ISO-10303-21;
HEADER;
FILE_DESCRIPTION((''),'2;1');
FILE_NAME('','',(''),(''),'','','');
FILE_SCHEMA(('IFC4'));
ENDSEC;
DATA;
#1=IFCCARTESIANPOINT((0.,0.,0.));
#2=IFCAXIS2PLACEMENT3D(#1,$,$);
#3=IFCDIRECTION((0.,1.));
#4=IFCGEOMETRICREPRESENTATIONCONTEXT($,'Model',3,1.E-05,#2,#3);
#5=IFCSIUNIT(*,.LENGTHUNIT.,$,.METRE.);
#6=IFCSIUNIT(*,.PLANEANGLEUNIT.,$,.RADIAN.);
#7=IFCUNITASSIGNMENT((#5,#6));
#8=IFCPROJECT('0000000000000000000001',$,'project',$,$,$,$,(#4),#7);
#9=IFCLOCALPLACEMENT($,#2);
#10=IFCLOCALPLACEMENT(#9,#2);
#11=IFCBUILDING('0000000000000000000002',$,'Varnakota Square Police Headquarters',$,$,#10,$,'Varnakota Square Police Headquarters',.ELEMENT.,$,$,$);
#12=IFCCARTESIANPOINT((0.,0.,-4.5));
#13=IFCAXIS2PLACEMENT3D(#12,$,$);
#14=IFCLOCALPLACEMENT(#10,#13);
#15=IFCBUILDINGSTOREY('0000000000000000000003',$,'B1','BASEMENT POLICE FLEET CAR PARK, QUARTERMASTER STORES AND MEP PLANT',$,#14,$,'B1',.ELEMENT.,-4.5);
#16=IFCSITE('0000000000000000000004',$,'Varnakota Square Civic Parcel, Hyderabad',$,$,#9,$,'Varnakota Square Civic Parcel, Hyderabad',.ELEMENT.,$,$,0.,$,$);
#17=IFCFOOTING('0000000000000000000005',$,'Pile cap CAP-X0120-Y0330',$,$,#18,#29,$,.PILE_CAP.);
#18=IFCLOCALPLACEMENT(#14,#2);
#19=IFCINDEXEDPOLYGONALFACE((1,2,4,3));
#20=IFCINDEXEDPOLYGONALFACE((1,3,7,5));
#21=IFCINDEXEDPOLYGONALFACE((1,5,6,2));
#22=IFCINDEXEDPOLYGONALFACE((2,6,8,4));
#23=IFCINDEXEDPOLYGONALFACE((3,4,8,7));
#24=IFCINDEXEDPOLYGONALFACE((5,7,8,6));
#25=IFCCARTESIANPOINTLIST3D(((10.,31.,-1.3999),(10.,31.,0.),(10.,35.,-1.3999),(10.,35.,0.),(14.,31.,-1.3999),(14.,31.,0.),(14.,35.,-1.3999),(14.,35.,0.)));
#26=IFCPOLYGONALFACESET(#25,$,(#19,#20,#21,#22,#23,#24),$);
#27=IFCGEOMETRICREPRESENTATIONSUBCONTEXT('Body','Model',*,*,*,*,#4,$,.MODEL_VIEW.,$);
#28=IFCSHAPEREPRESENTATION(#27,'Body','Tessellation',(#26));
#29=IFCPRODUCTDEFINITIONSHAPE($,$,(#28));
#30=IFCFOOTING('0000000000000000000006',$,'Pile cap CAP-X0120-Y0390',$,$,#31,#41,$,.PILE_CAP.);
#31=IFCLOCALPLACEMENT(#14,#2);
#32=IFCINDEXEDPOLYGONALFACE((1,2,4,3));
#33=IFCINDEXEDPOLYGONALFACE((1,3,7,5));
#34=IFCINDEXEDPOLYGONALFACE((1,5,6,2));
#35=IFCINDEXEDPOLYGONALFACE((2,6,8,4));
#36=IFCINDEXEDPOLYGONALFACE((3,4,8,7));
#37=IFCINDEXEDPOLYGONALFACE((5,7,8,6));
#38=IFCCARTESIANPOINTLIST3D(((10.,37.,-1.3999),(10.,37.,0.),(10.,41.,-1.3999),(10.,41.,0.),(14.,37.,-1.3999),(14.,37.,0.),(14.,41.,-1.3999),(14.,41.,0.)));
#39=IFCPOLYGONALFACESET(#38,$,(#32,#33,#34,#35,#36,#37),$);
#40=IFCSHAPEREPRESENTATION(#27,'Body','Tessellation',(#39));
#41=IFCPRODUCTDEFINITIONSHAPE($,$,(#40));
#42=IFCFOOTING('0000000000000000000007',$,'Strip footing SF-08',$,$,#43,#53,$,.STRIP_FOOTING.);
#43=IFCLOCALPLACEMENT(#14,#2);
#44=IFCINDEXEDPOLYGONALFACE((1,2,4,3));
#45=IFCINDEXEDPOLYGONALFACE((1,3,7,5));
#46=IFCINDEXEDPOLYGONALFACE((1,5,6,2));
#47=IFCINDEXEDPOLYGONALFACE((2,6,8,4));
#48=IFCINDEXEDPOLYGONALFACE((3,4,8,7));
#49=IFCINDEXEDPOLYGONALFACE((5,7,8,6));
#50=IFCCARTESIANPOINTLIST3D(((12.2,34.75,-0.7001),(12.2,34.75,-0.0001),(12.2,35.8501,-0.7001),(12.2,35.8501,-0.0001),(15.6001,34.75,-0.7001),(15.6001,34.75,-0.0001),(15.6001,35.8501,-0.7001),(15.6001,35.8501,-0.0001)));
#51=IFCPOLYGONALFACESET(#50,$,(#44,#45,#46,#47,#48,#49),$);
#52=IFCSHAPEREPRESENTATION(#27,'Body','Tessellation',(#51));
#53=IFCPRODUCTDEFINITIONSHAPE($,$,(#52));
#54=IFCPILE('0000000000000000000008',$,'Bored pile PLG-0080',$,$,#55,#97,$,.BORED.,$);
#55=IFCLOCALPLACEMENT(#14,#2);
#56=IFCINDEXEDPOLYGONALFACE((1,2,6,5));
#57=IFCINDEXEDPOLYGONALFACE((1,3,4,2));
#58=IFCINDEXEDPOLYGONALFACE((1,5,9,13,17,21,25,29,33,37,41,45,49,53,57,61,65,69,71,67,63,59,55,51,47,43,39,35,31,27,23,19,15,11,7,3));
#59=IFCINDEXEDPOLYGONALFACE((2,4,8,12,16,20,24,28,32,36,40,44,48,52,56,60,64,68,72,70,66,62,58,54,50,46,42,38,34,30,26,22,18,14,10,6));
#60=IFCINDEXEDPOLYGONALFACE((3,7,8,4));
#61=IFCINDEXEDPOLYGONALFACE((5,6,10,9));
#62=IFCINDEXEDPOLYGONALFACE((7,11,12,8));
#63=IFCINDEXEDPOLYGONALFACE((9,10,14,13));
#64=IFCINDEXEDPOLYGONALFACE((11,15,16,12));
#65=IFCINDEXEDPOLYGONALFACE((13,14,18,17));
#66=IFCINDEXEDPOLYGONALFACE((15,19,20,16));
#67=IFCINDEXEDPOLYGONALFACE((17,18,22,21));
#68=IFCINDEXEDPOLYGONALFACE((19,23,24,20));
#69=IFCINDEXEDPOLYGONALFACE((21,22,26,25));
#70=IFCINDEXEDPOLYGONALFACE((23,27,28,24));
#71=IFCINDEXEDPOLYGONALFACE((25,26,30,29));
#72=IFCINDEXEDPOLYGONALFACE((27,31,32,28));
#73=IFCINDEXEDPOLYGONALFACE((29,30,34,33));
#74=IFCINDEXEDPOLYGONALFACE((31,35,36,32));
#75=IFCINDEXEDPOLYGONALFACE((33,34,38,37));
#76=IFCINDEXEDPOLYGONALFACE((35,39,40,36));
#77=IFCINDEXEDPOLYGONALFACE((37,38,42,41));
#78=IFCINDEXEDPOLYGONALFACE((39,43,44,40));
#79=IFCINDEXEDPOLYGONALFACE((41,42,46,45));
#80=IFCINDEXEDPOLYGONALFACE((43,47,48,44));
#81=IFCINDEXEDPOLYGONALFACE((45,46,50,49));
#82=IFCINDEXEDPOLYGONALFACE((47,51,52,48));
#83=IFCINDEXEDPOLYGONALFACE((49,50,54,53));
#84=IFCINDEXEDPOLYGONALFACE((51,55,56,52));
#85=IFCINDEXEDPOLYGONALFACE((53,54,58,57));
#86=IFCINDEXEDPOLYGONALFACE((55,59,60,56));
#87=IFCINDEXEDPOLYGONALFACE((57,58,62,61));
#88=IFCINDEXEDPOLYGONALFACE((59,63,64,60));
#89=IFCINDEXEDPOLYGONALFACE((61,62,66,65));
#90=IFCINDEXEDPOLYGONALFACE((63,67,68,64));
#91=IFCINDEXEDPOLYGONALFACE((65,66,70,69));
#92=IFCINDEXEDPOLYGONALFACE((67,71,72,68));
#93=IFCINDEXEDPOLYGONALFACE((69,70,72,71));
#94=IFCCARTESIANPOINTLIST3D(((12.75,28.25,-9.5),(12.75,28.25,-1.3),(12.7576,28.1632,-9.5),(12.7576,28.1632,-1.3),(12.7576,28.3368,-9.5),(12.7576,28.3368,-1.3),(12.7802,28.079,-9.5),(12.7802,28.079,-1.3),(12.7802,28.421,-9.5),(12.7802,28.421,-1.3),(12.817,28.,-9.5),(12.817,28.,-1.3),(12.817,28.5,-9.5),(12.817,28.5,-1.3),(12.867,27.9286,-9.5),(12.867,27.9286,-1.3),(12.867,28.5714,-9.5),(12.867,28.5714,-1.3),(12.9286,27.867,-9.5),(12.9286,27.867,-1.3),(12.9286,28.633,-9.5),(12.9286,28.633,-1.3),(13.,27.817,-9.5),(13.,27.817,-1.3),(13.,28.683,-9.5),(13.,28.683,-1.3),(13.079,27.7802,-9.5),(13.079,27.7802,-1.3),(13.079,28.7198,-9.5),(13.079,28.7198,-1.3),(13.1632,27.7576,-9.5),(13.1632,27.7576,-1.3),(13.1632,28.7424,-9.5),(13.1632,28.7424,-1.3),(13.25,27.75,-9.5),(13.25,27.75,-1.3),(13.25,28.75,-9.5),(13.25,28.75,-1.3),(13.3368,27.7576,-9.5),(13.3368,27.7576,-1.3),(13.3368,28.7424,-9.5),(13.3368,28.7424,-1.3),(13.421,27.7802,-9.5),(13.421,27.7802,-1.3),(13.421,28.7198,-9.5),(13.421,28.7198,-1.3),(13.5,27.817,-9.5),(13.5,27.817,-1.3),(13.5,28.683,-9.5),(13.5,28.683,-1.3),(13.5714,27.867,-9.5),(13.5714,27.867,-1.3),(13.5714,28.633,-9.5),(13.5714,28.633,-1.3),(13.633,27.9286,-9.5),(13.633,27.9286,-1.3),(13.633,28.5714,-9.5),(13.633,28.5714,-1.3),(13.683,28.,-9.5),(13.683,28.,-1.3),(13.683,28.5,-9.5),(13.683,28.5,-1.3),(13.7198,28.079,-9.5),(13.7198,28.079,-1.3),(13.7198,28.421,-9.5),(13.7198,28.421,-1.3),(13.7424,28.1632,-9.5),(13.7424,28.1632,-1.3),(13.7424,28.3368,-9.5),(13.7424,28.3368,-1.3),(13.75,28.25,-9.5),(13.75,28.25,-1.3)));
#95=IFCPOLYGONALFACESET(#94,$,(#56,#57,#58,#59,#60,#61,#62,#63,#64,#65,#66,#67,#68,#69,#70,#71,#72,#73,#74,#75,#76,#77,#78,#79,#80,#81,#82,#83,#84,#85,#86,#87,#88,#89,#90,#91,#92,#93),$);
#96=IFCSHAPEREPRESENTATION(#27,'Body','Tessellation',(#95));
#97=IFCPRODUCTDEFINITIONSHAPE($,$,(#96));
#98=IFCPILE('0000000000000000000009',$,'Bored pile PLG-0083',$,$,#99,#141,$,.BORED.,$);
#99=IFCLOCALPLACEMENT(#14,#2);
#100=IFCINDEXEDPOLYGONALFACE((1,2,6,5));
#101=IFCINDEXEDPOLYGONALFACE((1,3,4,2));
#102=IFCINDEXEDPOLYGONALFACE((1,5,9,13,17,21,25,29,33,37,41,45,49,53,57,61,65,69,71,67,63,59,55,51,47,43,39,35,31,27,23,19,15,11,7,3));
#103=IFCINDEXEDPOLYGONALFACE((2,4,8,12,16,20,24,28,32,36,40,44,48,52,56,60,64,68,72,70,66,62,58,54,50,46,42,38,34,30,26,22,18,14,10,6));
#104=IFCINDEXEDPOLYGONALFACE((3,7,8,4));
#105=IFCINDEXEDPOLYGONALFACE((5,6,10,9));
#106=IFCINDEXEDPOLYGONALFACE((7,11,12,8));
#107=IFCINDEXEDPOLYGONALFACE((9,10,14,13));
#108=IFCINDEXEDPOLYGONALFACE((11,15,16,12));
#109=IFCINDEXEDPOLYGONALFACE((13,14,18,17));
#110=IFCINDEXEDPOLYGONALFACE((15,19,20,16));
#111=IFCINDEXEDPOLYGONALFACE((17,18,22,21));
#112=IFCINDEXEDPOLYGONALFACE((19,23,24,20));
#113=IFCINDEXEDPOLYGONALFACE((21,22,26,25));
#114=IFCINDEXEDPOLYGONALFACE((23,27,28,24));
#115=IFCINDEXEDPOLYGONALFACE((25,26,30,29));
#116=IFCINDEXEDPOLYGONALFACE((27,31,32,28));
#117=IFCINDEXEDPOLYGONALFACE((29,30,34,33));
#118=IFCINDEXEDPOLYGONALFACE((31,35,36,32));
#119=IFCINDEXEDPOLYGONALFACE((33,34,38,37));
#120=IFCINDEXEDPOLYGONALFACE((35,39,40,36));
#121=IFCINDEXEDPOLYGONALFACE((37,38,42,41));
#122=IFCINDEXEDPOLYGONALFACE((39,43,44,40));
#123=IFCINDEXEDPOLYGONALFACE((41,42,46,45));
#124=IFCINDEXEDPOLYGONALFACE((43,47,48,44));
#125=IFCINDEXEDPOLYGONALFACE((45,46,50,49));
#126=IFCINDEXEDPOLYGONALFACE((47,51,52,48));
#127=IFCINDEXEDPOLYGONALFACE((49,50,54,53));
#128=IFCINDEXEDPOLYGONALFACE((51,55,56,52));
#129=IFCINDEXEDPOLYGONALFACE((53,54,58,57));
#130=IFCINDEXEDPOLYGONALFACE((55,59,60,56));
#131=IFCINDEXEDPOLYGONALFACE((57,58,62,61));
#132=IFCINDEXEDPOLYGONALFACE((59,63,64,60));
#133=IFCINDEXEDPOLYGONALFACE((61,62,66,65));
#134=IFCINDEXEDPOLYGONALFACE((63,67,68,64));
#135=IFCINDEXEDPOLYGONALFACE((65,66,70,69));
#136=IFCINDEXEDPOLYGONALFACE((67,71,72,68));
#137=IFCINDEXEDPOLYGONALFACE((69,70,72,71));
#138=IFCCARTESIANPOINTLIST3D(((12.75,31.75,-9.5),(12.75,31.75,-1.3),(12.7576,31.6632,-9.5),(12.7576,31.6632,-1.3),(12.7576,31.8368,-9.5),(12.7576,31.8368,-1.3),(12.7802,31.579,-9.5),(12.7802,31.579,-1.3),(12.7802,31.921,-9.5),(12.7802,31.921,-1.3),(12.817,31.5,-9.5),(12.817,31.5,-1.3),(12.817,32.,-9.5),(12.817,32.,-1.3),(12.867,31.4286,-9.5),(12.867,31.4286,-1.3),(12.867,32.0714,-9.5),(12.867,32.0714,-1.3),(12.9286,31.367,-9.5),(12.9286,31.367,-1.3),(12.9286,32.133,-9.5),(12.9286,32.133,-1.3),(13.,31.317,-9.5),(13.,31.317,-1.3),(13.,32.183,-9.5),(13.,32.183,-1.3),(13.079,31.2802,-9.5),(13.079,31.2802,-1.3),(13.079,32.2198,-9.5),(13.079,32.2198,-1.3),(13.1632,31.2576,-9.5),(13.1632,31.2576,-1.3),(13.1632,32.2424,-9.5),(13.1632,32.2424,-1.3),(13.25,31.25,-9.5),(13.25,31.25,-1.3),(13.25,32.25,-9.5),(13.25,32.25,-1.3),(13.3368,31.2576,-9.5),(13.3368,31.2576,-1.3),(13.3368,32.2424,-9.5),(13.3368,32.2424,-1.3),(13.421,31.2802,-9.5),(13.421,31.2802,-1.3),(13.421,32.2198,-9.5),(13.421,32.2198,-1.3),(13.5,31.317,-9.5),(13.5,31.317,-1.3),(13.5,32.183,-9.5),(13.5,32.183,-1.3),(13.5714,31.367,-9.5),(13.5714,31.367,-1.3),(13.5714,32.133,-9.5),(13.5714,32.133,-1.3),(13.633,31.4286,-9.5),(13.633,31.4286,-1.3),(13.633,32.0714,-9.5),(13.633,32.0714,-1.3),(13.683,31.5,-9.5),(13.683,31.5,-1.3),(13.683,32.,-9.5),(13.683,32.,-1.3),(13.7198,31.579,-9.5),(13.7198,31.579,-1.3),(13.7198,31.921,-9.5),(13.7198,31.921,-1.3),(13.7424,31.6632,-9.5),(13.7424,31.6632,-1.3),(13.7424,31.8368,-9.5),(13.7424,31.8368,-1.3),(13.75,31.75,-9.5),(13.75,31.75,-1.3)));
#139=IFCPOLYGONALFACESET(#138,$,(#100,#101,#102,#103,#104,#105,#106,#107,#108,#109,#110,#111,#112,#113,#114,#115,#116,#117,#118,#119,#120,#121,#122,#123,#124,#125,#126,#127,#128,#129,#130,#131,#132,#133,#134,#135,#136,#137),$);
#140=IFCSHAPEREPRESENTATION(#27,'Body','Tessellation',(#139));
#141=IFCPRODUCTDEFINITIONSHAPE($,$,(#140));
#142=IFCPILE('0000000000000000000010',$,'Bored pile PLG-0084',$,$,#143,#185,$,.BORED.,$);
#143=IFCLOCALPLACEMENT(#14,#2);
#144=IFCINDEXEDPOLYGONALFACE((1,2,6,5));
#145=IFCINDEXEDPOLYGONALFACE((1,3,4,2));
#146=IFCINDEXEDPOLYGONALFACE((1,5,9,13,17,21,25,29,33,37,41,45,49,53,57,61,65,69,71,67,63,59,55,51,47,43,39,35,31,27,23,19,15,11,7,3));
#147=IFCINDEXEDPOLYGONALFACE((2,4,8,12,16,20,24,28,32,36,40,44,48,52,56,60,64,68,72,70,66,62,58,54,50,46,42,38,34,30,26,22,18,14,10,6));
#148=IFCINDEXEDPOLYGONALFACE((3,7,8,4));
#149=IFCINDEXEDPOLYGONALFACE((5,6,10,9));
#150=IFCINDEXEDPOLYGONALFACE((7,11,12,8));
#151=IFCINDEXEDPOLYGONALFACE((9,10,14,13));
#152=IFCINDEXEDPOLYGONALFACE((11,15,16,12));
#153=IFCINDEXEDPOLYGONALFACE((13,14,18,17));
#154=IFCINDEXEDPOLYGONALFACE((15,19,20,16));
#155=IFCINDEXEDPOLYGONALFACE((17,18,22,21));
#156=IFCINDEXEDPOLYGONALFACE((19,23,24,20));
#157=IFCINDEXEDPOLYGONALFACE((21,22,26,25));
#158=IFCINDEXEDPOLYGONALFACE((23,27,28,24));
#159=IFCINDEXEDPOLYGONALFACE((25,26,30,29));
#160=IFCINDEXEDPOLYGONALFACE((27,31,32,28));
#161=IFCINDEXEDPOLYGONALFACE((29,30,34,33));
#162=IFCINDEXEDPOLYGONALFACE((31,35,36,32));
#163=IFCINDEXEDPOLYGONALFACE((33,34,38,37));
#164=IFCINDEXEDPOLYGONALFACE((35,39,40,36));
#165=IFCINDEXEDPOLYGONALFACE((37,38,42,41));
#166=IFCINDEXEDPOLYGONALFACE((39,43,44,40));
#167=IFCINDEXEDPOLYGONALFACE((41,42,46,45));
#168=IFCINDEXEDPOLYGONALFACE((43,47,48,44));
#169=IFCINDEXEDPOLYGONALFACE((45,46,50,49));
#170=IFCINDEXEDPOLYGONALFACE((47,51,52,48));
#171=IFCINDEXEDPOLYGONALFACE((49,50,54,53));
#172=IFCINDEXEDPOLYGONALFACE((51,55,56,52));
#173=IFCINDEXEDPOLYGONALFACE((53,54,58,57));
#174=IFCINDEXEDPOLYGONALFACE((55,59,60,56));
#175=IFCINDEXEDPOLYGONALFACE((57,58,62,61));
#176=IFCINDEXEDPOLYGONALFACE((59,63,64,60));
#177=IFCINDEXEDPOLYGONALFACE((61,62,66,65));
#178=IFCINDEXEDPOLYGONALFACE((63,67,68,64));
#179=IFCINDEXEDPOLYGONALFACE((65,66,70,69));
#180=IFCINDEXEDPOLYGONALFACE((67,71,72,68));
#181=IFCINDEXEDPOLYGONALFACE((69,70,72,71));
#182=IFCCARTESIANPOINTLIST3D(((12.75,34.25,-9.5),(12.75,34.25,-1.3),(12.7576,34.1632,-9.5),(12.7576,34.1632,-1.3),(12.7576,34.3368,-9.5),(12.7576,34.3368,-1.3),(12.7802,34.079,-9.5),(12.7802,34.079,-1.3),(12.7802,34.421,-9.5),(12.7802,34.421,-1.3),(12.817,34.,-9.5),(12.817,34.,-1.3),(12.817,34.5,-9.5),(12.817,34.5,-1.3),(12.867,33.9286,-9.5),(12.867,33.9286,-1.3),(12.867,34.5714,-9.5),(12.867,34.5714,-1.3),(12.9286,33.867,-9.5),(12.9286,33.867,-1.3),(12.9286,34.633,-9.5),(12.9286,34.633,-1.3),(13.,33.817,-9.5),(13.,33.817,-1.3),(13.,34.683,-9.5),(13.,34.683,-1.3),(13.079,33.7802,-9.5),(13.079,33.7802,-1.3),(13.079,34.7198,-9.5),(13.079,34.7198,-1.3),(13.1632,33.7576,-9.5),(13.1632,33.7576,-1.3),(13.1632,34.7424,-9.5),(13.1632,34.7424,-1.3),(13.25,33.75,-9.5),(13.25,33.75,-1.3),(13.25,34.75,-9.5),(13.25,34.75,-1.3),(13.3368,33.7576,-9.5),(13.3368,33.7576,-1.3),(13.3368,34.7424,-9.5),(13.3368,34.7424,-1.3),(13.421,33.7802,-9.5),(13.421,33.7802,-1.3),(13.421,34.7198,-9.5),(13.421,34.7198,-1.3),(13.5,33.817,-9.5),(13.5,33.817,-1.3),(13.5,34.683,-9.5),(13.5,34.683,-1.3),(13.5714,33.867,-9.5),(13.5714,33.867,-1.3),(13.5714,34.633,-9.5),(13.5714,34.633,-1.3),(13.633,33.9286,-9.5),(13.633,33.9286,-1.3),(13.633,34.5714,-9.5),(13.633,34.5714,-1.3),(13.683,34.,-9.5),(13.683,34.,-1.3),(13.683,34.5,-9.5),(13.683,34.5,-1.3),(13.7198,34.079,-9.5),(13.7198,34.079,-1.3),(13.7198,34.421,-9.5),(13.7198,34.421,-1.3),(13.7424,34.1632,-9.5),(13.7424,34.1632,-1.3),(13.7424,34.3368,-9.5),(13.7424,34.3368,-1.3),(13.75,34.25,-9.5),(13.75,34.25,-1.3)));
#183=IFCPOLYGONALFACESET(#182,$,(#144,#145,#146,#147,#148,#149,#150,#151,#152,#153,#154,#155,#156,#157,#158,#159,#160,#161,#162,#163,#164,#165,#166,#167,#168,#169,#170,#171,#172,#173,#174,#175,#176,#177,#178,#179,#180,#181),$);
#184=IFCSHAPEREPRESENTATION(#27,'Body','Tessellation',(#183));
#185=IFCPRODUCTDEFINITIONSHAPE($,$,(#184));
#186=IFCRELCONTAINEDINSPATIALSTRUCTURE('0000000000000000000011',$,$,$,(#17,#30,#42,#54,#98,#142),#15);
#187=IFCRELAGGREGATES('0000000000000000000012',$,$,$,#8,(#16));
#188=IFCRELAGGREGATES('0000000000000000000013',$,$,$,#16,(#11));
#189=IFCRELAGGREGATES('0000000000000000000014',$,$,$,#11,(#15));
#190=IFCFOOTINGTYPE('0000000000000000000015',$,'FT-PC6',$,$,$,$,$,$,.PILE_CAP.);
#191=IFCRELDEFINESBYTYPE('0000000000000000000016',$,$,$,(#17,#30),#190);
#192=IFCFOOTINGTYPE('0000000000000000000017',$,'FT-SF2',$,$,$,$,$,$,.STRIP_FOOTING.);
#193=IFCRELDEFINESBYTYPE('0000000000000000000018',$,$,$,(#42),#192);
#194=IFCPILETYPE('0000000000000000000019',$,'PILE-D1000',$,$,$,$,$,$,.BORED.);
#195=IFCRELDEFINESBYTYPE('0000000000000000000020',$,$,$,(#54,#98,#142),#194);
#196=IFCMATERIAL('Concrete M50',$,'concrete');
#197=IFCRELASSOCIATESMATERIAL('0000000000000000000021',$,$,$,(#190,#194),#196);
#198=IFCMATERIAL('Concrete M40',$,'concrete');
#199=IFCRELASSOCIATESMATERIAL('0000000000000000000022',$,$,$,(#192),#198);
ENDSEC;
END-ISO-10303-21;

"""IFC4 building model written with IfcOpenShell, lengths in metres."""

from ifc_helpers import new_model, si_unit, direction, frame, origin, origin_2d, place, context, subcontext, project, spatial, rectangle, circle, extrude, material, material_profile, profile_set, type_object, element, save


model = new_model("IFC4")

# Units and contexts
model_context = context("Model", 3, precision=1e-05, world=origin(), true_north=direction((0.0, 1.0)))
body_context = subcontext(model_context, "Body", "Model", "MODEL_VIEW")
ifc_project = project(units=[si_unit("LENGTHUNIT", "METRE"), si_unit("PLANEANGLEUNIT", "RADIAN")], contexts=[model_context])

# Site, building, storey
site_placement = place(None, origin())
site = spatial("IfcSite", under=ifc_project, at=site_placement, Name="Varnakota Square Civic Parcel, Hyderabad", LongName="Varnakota Square Civic Parcel, Hyderabad", CompositionType="ELEMENT", RefElevation=0.0)
building_placement = place(site_placement, origin())
building = spatial("IfcBuilding", under=site, at=building_placement, Name="Varnakota Square Police Headquarters", LongName="Varnakota Square Police Headquarters", CompositionType="ELEMENT")
storey_placement = place(building_placement, frame((0.0, 0.0, -4.5)))
storey = spatial("IfcBuildingStorey", under=building, at=storey_placement, Name="B1", Description="BASEMENT POLICE FLEET CAR PARK, QUARTERMASTER STORES AND MEP PLANT", LongName="B1", CompositionType="ELEMENT", Elevation=-4.5)

# Footings
ifc_material_1 = material(Name="Concrete M50", Category="concrete")
footing_type_1 = type_object("IfcFootingType", Name="FT-PC6", PredefinedType="PILE_CAP", material=ifc_material_1)
for number, where, z_axis, x_axis, name in (
    (1, (12.0, 33.0, -1.3999), (0.0, 0.0, 1.0), (1.0, 0.0, 0.0), "Pile cap CAP-X0120-Y0330"),
    (2, (12.0, 39.0, -1.3999), (0.0, 0.0, 1.0), (1.0, 0.0, 0.0), "Pile cap CAP-X0120-Y0390"),
):
    element("IfcFooting", number, at=place(storey_placement, frame(where, z_axis=z_axis, x_axis=x_axis)), inside=storey, type_object=footing_type_1, Name=name, PredefinedType="PILE_CAP", context=body_context, shape_type="SweptSolid", body=[
        extrude(rectangle(XDim=4.0, YDim=4.0, at=origin_2d()), origin(), (0.0, 0.0, 1.0), 1.3999),
    ])
ifc_material_2 = material(Name="Concrete M40", Category="concrete")
ifc_material_profile_1 = material_profile(ifc_material_2, rectangle(XDim=1.1001, YDim=0.7, at=origin_2d()), Name="SF 1100x700")
ifc_profile_set_1 = profile_set([ifc_material_profile_1], Name="Concrete M40")
footing_type_2 = type_object("IfcFootingType", Name="FT-SF2", PredefinedType="STRIP_FOOTING", material=ifc_profile_set_1)
footing_placement = place(storey_placement, frame((12.2, 35.3, -0.3501), z_axis=(1.0, 0.0, 0.0), x_axis=(0.0, 1.0, 0.0)))
element("IfcFooting", 3, at=footing_placement, inside=storey, type_object=footing_type_2, Name="Strip footing SF-08", PredefinedType="STRIP_FOOTING", context=body_context, shape_type="SweptSolid", body=[
    extrude(rectangle(XDim=1.1001, YDim=0.7, at=origin_2d()), origin(), (0.0, 0.0, 1.0), 3.4001),
])

# Piles
ifc_material_profile_2 = material_profile(ifc_material_1, circle(Radius=0.5, at=origin_2d()), Name="BORED PILE 1000")
ifc_profile_set_2 = profile_set([ifc_material_profile_2], Name="Concrete M50")
pile_type = type_object("IfcPileType", Name="PILE-D1000", PredefinedType="BORED", material=ifc_profile_set_2)
for number, where, z_axis, x_axis, name in (
    (4, (13.25, 28.25, -1.3), (0.0, 0.0, -1.0), (1.0, 0.0, 0.0), "Bored pile PLG-0080"),
    (5, (13.25, 31.75, -1.3), (0.0, 0.0, -1.0), (1.0, 0.0, 0.0), "Bored pile PLG-0083"),
    (6, (13.25, 34.25, -1.3), (0.0, 0.0, -1.0), (1.0, 0.0, 0.0), "Bored pile PLG-0084"),
):
    element("IfcPile", number, at=place(storey_placement, frame(where, z_axis=z_axis, x_axis=x_axis)), inside=storey, type_object=pile_type, Name=name, PredefinedType="BORED", context=body_context, shape_type="SweptSolid", body=[
        extrude(circle(Radius=0.5, at=origin_2d()), origin(), (0.0, 0.0, 1.0), 8.2),
    ])

save(model, "model.ifc")
